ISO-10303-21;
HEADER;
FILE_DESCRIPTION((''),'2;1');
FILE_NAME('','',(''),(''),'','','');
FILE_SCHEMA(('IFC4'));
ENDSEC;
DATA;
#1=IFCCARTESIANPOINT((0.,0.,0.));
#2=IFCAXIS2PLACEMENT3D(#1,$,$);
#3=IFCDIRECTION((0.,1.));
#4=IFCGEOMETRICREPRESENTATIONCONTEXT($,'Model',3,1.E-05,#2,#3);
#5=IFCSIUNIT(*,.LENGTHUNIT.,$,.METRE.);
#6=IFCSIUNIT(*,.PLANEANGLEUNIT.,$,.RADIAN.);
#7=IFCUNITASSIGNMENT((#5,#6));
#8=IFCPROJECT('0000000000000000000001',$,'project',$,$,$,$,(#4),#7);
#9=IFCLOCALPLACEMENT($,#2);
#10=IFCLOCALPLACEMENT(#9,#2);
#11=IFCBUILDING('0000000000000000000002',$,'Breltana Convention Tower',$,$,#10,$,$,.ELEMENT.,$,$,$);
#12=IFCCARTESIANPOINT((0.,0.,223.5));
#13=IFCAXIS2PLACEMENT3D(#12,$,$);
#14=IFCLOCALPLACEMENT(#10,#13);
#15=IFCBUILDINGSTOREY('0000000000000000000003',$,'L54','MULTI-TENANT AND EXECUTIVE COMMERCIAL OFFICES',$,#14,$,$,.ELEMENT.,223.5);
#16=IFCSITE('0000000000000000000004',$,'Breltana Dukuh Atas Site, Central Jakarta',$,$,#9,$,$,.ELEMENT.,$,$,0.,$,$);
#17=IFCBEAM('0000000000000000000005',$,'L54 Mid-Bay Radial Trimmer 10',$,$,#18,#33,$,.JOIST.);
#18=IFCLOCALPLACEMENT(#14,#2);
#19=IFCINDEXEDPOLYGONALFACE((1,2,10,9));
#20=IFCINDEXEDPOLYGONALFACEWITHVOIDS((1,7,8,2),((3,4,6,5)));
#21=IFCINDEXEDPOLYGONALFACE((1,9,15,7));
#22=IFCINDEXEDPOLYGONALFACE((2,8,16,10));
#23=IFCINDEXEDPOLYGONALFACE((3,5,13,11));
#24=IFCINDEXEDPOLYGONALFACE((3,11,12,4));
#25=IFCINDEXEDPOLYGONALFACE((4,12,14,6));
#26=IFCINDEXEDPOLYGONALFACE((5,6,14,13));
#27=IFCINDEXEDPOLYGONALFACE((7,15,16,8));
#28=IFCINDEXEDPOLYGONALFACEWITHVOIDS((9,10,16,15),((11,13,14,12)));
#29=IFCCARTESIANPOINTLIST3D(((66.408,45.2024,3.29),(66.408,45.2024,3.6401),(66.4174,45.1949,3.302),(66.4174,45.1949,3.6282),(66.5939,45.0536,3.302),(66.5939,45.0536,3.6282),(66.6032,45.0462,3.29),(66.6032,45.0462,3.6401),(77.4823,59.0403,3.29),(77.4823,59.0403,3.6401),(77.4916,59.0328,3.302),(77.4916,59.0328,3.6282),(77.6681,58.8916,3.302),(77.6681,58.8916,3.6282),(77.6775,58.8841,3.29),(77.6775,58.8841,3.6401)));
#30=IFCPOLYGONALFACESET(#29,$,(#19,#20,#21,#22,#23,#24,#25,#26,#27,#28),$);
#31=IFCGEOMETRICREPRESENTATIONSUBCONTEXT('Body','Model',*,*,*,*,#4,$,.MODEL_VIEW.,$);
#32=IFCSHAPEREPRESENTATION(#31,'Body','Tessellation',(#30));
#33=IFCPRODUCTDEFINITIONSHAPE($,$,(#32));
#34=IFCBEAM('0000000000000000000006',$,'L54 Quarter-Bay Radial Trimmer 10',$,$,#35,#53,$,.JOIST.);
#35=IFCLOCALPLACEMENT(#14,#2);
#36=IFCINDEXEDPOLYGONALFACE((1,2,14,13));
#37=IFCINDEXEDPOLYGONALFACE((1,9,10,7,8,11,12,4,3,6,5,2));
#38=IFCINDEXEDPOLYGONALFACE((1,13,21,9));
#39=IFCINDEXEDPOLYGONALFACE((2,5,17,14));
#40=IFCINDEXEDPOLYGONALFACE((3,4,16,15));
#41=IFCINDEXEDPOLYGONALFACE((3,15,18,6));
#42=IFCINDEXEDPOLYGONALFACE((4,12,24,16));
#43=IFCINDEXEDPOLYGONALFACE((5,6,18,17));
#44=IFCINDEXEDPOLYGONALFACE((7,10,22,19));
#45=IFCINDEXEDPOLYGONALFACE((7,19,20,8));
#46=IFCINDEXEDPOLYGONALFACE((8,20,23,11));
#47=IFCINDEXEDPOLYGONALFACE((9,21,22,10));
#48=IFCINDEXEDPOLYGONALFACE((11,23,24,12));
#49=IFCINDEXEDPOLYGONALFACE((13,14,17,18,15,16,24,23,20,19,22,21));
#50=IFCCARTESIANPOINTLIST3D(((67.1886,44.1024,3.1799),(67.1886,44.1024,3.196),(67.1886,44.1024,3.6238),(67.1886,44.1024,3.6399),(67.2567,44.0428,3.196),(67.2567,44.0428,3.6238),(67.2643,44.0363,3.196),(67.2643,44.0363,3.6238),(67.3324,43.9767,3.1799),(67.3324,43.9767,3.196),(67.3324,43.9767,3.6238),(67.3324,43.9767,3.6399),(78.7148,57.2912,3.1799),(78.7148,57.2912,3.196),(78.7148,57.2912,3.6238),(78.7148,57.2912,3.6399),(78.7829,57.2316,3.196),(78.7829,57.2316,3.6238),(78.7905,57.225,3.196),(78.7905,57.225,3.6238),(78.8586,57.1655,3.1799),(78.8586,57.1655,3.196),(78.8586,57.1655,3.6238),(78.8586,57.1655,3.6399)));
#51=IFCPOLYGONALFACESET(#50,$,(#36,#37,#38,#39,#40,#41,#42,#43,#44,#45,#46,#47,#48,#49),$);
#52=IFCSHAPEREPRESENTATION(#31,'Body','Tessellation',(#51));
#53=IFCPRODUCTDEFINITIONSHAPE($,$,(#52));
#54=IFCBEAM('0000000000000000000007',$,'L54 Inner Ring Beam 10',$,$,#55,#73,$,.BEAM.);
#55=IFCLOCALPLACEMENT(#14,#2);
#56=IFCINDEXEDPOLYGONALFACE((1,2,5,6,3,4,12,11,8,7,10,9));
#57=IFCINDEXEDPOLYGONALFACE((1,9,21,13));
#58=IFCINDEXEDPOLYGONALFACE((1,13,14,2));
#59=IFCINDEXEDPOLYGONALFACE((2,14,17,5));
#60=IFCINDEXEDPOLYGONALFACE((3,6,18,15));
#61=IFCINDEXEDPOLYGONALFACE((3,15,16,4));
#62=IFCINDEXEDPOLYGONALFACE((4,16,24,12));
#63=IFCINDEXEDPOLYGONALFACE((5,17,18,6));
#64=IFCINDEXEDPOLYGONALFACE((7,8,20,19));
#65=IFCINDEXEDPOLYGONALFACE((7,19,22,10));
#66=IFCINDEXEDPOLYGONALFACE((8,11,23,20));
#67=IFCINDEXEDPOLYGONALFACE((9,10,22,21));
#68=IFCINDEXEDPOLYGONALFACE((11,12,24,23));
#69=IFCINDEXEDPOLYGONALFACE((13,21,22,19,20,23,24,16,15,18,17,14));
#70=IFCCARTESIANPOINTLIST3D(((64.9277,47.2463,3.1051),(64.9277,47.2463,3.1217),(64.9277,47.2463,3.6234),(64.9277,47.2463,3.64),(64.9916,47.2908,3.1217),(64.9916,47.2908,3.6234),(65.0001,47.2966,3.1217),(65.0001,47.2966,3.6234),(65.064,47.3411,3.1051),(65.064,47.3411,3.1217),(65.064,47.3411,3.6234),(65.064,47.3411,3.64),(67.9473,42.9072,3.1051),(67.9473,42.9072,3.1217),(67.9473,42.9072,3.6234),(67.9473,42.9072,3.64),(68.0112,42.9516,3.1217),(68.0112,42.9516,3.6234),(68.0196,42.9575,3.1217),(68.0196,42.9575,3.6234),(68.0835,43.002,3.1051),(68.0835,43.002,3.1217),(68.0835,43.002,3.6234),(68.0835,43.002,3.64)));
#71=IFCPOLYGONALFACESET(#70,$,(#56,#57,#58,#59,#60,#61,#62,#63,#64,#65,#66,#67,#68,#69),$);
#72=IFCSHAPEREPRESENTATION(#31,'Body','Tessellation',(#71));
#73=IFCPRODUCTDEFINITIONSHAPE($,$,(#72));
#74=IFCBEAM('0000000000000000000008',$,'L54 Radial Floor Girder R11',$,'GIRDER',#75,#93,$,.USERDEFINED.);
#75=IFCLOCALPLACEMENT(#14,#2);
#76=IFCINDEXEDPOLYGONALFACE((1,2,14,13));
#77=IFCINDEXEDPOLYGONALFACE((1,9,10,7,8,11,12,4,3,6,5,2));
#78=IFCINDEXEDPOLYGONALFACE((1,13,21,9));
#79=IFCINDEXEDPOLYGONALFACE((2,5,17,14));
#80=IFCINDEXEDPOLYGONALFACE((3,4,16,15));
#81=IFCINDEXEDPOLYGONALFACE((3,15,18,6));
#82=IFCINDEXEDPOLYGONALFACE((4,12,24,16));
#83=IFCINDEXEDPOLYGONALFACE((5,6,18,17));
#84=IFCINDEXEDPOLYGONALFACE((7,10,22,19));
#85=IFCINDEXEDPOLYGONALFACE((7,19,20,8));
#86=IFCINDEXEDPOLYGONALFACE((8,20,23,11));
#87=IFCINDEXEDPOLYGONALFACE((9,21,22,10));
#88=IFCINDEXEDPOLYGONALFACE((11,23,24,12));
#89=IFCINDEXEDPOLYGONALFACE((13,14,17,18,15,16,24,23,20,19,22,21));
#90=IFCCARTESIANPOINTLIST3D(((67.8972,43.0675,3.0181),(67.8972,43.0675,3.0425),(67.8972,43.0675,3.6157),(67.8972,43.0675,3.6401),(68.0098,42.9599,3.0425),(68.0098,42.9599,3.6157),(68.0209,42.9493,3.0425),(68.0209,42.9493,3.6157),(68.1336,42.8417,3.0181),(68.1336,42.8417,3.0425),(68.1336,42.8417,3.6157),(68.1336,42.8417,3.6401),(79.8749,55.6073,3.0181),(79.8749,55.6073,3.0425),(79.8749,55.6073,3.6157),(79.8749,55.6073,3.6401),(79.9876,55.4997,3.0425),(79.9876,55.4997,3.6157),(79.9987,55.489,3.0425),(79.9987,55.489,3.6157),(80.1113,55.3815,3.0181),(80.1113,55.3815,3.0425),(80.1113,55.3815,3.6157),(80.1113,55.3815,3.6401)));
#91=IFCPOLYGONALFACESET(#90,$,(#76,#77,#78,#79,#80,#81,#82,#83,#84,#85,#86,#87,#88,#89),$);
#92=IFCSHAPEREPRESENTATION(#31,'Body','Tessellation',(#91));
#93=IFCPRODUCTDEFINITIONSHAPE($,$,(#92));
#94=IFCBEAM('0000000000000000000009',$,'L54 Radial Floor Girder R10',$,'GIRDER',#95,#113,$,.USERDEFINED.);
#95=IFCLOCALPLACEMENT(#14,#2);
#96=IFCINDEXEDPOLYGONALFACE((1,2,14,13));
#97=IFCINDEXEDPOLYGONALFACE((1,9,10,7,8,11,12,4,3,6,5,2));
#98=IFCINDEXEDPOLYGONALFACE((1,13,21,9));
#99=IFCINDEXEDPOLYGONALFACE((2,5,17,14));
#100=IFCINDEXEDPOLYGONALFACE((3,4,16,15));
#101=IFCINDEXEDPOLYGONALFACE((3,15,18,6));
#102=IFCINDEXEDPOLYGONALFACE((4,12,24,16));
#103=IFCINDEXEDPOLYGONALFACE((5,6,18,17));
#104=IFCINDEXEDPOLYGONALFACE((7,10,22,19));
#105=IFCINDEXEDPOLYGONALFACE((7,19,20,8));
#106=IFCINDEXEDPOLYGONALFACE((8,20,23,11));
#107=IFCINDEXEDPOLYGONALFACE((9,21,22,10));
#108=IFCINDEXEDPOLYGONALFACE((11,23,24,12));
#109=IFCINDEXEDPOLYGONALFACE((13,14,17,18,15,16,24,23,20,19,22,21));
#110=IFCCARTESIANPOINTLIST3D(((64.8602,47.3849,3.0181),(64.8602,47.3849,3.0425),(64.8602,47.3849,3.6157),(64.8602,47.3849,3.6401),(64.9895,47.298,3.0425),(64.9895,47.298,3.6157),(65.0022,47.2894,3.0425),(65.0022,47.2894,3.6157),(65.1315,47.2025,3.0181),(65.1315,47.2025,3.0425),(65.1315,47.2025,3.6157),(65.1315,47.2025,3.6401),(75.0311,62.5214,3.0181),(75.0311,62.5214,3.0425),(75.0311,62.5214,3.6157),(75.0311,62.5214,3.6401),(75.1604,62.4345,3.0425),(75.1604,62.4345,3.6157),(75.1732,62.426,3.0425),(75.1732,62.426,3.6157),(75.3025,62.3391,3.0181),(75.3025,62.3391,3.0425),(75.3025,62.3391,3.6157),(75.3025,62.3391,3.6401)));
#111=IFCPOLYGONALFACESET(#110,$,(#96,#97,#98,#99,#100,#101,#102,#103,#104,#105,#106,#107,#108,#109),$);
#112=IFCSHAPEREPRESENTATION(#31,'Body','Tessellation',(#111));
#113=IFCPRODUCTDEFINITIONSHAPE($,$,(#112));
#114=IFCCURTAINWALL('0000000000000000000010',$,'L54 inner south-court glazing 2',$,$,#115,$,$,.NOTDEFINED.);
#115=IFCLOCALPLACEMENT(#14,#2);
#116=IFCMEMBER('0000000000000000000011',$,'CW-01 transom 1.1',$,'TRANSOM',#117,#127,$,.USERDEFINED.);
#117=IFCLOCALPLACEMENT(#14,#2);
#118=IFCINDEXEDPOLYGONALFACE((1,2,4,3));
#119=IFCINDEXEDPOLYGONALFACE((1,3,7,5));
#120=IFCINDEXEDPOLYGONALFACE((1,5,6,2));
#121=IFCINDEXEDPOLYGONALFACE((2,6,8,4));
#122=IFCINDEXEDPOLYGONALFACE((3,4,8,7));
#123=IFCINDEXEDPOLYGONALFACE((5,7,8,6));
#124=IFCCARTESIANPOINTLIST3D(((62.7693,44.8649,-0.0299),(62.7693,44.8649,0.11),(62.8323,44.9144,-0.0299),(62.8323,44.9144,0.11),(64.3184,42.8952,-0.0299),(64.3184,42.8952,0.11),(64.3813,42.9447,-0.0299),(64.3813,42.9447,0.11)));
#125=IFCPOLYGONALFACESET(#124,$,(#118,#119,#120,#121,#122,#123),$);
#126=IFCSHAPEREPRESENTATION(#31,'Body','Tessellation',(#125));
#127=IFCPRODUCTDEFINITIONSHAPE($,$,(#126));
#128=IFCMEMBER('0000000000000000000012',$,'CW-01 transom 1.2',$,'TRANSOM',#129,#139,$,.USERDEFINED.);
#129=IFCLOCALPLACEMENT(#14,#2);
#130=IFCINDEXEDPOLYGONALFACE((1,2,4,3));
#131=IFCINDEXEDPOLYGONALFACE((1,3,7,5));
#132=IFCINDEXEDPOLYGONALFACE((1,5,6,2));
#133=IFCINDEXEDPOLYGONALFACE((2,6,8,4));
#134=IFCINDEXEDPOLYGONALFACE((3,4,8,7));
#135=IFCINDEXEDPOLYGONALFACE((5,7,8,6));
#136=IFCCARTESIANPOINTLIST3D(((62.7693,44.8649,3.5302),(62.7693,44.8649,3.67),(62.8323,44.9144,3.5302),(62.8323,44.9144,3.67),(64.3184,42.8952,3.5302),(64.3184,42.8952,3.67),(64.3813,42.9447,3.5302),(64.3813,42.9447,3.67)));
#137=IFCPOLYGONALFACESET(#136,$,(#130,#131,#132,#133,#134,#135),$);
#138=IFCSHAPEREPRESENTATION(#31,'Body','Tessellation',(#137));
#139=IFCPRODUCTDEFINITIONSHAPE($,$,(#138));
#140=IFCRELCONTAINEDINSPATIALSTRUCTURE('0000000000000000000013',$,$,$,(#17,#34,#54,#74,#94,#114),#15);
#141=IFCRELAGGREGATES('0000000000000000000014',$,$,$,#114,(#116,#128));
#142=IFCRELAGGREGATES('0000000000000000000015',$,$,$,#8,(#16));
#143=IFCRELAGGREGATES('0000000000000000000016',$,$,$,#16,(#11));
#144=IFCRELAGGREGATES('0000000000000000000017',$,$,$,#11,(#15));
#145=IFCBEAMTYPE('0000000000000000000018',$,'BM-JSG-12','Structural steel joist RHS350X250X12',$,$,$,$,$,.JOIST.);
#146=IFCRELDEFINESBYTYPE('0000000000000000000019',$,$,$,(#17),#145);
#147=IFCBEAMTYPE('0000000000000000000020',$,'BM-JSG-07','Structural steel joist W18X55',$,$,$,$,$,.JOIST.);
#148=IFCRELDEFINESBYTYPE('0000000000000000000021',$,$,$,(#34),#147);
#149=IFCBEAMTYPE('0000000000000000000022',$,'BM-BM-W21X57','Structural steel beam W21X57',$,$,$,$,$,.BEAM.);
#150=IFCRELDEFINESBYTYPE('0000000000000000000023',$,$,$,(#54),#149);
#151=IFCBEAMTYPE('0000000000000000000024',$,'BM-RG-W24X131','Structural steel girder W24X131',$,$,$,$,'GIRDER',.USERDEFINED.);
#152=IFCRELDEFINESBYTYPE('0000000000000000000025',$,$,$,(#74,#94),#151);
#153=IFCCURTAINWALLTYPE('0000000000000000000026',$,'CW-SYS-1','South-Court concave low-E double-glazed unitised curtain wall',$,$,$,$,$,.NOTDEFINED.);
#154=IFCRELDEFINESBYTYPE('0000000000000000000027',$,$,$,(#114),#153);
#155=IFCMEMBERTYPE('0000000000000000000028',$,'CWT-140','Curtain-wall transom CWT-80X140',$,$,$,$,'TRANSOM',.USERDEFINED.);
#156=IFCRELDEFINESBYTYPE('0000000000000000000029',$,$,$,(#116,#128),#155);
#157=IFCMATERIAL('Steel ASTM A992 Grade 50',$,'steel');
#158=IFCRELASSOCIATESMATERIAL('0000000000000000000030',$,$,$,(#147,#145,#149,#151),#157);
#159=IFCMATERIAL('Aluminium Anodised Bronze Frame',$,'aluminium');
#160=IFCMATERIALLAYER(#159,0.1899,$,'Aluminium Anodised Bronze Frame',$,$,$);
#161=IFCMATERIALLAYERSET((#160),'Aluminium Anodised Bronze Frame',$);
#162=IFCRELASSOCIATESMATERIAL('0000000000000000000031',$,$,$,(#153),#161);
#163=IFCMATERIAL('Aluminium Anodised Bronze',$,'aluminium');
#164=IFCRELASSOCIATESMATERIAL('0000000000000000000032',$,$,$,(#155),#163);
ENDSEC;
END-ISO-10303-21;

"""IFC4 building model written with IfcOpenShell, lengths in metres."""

from ifc_helpers import new_model, si_unit, direction, frame, origin, origin_2d, place, context, subcontext, project, spatial, rectangle, hollow_rectangle, i_section, extrude, source, transform, mapped, material, layer, layer_set, material_profile, profile_set, type_object, type_shapes, element, aggregate, save


model = new_model("IFC4")

# Units and contexts
model_context = context("Model", 3, precision=1e-05, world=origin(), true_north=direction((0.0, 1.0)))
body_context = subcontext(model_context, "Body", "Model", "MODEL_VIEW")
ifc_project = project(units=[si_unit("LENGTHUNIT", "METRE"), si_unit("PLANEANGLEUNIT", "RADIAN")], contexts=[model_context])

# Site, building, storey
site_placement = place(None, origin())
site = spatial("IfcSite", under=ifc_project, at=site_placement, Name="Breltana Dukuh Atas Site, Central Jakarta", CompositionType="ELEMENT", RefElevation=0.0)
building_placement = place(site_placement, origin())
building = spatial("IfcBuilding", under=site, at=building_placement, Name="Breltana Convention Tower", CompositionType="ELEMENT")
storey_placement = place(building_placement, frame((0.0, 0.0, 223.5)))
storey = spatial("IfcBuildingStorey", under=building, at=storey_placement, Name="L54", Description="MULTI-TENANT AND EXECUTIVE COMMERCIAL OFFICES", CompositionType="ELEMENT", Elevation=223.5)

# Shared definitions
ifc_material_1 = material(Name="Steel ASTM A992 Grade 50", Category="steel")

# Beams
ifc_material_profile_1 = material_profile(ifc_material_1, i_section(OverallWidth=0.1909, OverallDepth=0.46, WebThickness=0.01, FlangeThickness=0.0161, at=origin_2d()), Name="W18X55")
ifc_profile_set_1 = profile_set([ifc_material_profile_1], Name="Steel ASTM A992 Grade 50")
beam_type_1 = type_object("IfcBeamType", Name="BM-JSG-07", Description="Structural steel joist W18X55", PredefinedType="JOIST", material=ifc_profile_set_1)
ifc_material_profile_2 = material_profile(ifc_material_1, hollow_rectangle(XDim=0.25, YDim=0.3501, WallThickness=0.012, at=origin_2d()), Name="RHS350X250X12")
ifc_profile_set_2 = profile_set([ifc_material_profile_2], Name="Steel ASTM A992 Grade 50")
beam_type_2 = type_object("IfcBeamType", Name="BM-JSG-12", Description="Structural steel joist RHS350X250X12", PredefinedType="JOIST", material=ifc_profile_set_2)
shared_shape_1 = source(origin(), body_context, "Body", "SweptSolid", [
    extrude(hollow_rectangle(XDim=0.25, YDim=0.3501, WallThickness=0.012, at=origin_2d()), origin(), (0.0, 0.0, 1.0), 17.7236),
])
beam_1_placement = place(storey_placement, frame((66.5056, 45.1243, 3.4651), z_axis=(0.624829, 0.780761, 0.0), x_axis=(-0.780761, 0.624829, 0.0)))
element("IfcBeam", 1, at=beam_1_placement, inside=storey, type_object=beam_type_2, Name="L54 Mid-Bay Radial Trimmer 10", PredefinedType="JOIST", context=body_context, shape_type="MappedRepresentation", body=[
    mapped(shared_shape_1, transform((0.0, 0.0, 0.0), scale=1.0)),
])
shared_shape_2 = source(origin(), body_context, "Body", "SweptSolid", [
    extrude(i_section(OverallWidth=0.1909, OverallDepth=0.46, WebThickness=0.01, FlangeThickness=0.0161, at=origin_2d()), origin(), (0.0, 0.0, 1.0), 17.5156),
])
beam_2_placement = place(storey_placement, frame((67.2605, 44.0396, 3.4099), z_axis=(0.658052, 0.752973, 0.0), x_axis=(-0.752973, 0.658052, 0.0)))
element("IfcBeam", 2, at=beam_2_placement, inside=storey, type_object=beam_type_1, Name="L54 Quarter-Bay Radial Trimmer 10", PredefinedType="JOIST", context=body_context, shape_type="MappedRepresentation", body=[
    mapped(shared_shape_2, transform((0.0, 0.0, 0.0), scale=1.0)),
])
ifc_material_profile_3 = material_profile(ifc_material_1, i_section(OverallWidth=0.166, OverallDepth=0.5349, WebThickness=0.0103, FlangeThickness=0.0166, at=origin_2d()), Name="W21X57")
ifc_profile_set_3 = profile_set([ifc_material_profile_3], Name="Steel ASTM A992 Grade 50")
beam_type_3 = type_object("IfcBeamType", Name="BM-BM-W21X57", Description="Structural steel beam W21X57", PredefinedType="BEAM", material=ifc_profile_set_3)
shared_shape_3 = source(origin(), body_context, "Body", "SweptSolid", [
    extrude(i_section(OverallWidth=0.166, OverallDepth=0.5349, WebThickness=0.0103, FlangeThickness=0.0166, at=origin_2d()), origin(), (0.0, 0.0, 1.0), 5.2864),
])
beam_3_placement = place(storey_placement, frame((64.9958, 47.2937, 3.3726), z_axis=(0.571194, -0.820815, 0.0), x_axis=(0.820815, 0.571194, 0.0)))
element("IfcBeam", 3, at=beam_3_placement, inside=storey, type_object=beam_type_3, Name="L54 Inner Ring Beam 10", PredefinedType="BEAM", context=body_context, shape_type="MappedRepresentation", body=[
    mapped(shared_shape_3, transform((0.0, 0.0, 0.0), scale=1.0)),
])
ifc_material_profile_4 = material_profile(ifc_material_1, i_section(OverallWidth=0.3269, OverallDepth=0.6221, WebThickness=0.0154, FlangeThickness=0.0244, at=origin_2d()), Name="W24X131")
ifc_profile_set_4 = profile_set([ifc_material_profile_4], Name="Steel ASTM A992 Grade 50")
beam_type_4 = type_object("IfcBeamType", Name="BM-RG-W24X131", Description="Structural steel girder W24X131", ElementType="GIRDER", PredefinedType="USERDEFINED", material=ifc_profile_set_4)
shared_shape_4 = source(origin(), body_context, "Body", "SweptSolid", [
    extrude(i_section(OverallWidth=0.3269, OverallDepth=0.6221, WebThickness=0.0154, FlangeThickness=0.0244, at=origin_2d()), origin(), (0.0, 0.0, 1.0), 17.3411),
])
type_shapes(beam_type_4, [shared_shape_4])
beam_4_placement = place(storey_placement, frame((68.0154, 42.9546, 3.3291), z_axis=(0.690716, 0.723126, 0.0), x_axis=(-0.723126, 0.690716, 0.0)))
element("IfcBeam", 4, at=beam_4_placement, inside=storey, type_object=beam_type_4, Name="L54 Radial Floor Girder R11", ObjectType="GIRDER", PredefinedType="USERDEFINED", context=body_context, shape_type="MappedRepresentation", body=[
    mapped(shared_shape_4, transform((0.0, 0.0, 0.0), scale=1.0)),
])
shared_shape_5 = source(origin(), body_context, "Body", "SweptSolid", [
    extrude(i_section(OverallWidth=0.3269, OverallDepth=0.6221, WebThickness=0.0154, FlangeThickness=0.0244, at=origin_2d()), origin(), (0.0, 0.0, 1.0), 18.2363),
])
beam_5_placement = place(storey_placement, frame((64.9958, 47.2937, 3.3291), z_axis=(0.55773, 0.830022, 0.0), x_axis=(-0.830022, 0.55773, 0.0)))
element("IfcBeam", 5, at=beam_5_placement, inside=storey, type_object=beam_type_4, Name="L54 Radial Floor Girder R10", ObjectType="GIRDER", PredefinedType="USERDEFINED", context=body_context, shape_type="MappedRepresentation", body=[
    mapped(shared_shape_5, transform((0.0, 0.0, 0.0), scale=1.0)),
])

# Curtain wall, members
ifc_material_2 = material(Name="Aluminium Anodised Bronze Frame", Category="aluminium")
ifc_layer_1 = layer(ifc_material_2, 0.1899, Name="Aluminium Anodised Bronze Frame")
ifc_layer_set_1 = layer_set([ifc_layer_1], Name="Aluminium Anodised Bronze Frame")
curtain_wall_type = type_object("IfcCurtainWallType", Name="CW-SYS-1", Description="South-Court concave low-E double-glazed unitised curtain wall", PredefinedType="NOTDEFINED", material=ifc_layer_set_1)
curtain_wall_placement = place(storey_placement, origin())
curtain_wall = element("IfcCurtainWall", 6, at=curtain_wall_placement, inside=storey, type_object=curtain_wall_type, Name="L54 inner south-court glazing 2", PredefinedType="NOTDEFINED")
ifc_material_3 = material(Name="Aluminium Anodised Bronze", Category="aluminium")
ifc_material_profile_5 = material_profile(ifc_material_3, rectangle(XDim=0.0801, YDim=0.1399, at=origin_2d()), Name="CWT-80X140")
ifc_profile_set_5 = profile_set([ifc_material_profile_5], Name="Aluminium Anodised Bronze")
member_type = type_object("IfcMemberType", Name="CWT-140", Description="Curtain-wall transom CWT-80X140", ElementType="TRANSOM", PredefinedType="USERDEFINED", material=ifc_profile_set_5)
shared_shape_6 = source(origin(), body_context, "Body", "SweptSolid", [
    extrude(rectangle(XDim=0.0801, YDim=0.1399, at=origin_2d()), origin(), (0.0, 0.0, 1.0), 2.5059),
])
member_1_placement = place(storey_placement, frame((64.3499, 42.9199, 0.04), z_axis=(-0.618174, 0.786041, 0.0), x_axis=(-0.786041, -0.618174, 0.0)))
member_1 = element("IfcMember", 7, at=member_1_placement, type_object=member_type, Name="CW-01 transom 1.1", ObjectType="TRANSOM", PredefinedType="USERDEFINED", context=body_context, shape_type="MappedRepresentation", body=[
    mapped(shared_shape_6, transform((0.0, 0.0, 0.0), scale=1.0)),
])
member_2_placement = place(storey_placement, frame((64.3499, 42.9199, 3.6001), z_axis=(-0.618174, 0.786041, 0.0), x_axis=(-0.786041, -0.618174, 0.0)))
member_2 = element("IfcMember", 8, at=member_2_placement, type_object=member_type, Name="CW-01 transom 1.2", ObjectType="TRANSOM", PredefinedType="USERDEFINED", context=body_context, shape_type="MappedRepresentation", body=[
    mapped(shared_shape_6, transform((0.0, 0.0, 0.0), scale=1.0)),
])
aggregate(curtain_wall, [member_1, member_2])

save(model, "model.ifc")
